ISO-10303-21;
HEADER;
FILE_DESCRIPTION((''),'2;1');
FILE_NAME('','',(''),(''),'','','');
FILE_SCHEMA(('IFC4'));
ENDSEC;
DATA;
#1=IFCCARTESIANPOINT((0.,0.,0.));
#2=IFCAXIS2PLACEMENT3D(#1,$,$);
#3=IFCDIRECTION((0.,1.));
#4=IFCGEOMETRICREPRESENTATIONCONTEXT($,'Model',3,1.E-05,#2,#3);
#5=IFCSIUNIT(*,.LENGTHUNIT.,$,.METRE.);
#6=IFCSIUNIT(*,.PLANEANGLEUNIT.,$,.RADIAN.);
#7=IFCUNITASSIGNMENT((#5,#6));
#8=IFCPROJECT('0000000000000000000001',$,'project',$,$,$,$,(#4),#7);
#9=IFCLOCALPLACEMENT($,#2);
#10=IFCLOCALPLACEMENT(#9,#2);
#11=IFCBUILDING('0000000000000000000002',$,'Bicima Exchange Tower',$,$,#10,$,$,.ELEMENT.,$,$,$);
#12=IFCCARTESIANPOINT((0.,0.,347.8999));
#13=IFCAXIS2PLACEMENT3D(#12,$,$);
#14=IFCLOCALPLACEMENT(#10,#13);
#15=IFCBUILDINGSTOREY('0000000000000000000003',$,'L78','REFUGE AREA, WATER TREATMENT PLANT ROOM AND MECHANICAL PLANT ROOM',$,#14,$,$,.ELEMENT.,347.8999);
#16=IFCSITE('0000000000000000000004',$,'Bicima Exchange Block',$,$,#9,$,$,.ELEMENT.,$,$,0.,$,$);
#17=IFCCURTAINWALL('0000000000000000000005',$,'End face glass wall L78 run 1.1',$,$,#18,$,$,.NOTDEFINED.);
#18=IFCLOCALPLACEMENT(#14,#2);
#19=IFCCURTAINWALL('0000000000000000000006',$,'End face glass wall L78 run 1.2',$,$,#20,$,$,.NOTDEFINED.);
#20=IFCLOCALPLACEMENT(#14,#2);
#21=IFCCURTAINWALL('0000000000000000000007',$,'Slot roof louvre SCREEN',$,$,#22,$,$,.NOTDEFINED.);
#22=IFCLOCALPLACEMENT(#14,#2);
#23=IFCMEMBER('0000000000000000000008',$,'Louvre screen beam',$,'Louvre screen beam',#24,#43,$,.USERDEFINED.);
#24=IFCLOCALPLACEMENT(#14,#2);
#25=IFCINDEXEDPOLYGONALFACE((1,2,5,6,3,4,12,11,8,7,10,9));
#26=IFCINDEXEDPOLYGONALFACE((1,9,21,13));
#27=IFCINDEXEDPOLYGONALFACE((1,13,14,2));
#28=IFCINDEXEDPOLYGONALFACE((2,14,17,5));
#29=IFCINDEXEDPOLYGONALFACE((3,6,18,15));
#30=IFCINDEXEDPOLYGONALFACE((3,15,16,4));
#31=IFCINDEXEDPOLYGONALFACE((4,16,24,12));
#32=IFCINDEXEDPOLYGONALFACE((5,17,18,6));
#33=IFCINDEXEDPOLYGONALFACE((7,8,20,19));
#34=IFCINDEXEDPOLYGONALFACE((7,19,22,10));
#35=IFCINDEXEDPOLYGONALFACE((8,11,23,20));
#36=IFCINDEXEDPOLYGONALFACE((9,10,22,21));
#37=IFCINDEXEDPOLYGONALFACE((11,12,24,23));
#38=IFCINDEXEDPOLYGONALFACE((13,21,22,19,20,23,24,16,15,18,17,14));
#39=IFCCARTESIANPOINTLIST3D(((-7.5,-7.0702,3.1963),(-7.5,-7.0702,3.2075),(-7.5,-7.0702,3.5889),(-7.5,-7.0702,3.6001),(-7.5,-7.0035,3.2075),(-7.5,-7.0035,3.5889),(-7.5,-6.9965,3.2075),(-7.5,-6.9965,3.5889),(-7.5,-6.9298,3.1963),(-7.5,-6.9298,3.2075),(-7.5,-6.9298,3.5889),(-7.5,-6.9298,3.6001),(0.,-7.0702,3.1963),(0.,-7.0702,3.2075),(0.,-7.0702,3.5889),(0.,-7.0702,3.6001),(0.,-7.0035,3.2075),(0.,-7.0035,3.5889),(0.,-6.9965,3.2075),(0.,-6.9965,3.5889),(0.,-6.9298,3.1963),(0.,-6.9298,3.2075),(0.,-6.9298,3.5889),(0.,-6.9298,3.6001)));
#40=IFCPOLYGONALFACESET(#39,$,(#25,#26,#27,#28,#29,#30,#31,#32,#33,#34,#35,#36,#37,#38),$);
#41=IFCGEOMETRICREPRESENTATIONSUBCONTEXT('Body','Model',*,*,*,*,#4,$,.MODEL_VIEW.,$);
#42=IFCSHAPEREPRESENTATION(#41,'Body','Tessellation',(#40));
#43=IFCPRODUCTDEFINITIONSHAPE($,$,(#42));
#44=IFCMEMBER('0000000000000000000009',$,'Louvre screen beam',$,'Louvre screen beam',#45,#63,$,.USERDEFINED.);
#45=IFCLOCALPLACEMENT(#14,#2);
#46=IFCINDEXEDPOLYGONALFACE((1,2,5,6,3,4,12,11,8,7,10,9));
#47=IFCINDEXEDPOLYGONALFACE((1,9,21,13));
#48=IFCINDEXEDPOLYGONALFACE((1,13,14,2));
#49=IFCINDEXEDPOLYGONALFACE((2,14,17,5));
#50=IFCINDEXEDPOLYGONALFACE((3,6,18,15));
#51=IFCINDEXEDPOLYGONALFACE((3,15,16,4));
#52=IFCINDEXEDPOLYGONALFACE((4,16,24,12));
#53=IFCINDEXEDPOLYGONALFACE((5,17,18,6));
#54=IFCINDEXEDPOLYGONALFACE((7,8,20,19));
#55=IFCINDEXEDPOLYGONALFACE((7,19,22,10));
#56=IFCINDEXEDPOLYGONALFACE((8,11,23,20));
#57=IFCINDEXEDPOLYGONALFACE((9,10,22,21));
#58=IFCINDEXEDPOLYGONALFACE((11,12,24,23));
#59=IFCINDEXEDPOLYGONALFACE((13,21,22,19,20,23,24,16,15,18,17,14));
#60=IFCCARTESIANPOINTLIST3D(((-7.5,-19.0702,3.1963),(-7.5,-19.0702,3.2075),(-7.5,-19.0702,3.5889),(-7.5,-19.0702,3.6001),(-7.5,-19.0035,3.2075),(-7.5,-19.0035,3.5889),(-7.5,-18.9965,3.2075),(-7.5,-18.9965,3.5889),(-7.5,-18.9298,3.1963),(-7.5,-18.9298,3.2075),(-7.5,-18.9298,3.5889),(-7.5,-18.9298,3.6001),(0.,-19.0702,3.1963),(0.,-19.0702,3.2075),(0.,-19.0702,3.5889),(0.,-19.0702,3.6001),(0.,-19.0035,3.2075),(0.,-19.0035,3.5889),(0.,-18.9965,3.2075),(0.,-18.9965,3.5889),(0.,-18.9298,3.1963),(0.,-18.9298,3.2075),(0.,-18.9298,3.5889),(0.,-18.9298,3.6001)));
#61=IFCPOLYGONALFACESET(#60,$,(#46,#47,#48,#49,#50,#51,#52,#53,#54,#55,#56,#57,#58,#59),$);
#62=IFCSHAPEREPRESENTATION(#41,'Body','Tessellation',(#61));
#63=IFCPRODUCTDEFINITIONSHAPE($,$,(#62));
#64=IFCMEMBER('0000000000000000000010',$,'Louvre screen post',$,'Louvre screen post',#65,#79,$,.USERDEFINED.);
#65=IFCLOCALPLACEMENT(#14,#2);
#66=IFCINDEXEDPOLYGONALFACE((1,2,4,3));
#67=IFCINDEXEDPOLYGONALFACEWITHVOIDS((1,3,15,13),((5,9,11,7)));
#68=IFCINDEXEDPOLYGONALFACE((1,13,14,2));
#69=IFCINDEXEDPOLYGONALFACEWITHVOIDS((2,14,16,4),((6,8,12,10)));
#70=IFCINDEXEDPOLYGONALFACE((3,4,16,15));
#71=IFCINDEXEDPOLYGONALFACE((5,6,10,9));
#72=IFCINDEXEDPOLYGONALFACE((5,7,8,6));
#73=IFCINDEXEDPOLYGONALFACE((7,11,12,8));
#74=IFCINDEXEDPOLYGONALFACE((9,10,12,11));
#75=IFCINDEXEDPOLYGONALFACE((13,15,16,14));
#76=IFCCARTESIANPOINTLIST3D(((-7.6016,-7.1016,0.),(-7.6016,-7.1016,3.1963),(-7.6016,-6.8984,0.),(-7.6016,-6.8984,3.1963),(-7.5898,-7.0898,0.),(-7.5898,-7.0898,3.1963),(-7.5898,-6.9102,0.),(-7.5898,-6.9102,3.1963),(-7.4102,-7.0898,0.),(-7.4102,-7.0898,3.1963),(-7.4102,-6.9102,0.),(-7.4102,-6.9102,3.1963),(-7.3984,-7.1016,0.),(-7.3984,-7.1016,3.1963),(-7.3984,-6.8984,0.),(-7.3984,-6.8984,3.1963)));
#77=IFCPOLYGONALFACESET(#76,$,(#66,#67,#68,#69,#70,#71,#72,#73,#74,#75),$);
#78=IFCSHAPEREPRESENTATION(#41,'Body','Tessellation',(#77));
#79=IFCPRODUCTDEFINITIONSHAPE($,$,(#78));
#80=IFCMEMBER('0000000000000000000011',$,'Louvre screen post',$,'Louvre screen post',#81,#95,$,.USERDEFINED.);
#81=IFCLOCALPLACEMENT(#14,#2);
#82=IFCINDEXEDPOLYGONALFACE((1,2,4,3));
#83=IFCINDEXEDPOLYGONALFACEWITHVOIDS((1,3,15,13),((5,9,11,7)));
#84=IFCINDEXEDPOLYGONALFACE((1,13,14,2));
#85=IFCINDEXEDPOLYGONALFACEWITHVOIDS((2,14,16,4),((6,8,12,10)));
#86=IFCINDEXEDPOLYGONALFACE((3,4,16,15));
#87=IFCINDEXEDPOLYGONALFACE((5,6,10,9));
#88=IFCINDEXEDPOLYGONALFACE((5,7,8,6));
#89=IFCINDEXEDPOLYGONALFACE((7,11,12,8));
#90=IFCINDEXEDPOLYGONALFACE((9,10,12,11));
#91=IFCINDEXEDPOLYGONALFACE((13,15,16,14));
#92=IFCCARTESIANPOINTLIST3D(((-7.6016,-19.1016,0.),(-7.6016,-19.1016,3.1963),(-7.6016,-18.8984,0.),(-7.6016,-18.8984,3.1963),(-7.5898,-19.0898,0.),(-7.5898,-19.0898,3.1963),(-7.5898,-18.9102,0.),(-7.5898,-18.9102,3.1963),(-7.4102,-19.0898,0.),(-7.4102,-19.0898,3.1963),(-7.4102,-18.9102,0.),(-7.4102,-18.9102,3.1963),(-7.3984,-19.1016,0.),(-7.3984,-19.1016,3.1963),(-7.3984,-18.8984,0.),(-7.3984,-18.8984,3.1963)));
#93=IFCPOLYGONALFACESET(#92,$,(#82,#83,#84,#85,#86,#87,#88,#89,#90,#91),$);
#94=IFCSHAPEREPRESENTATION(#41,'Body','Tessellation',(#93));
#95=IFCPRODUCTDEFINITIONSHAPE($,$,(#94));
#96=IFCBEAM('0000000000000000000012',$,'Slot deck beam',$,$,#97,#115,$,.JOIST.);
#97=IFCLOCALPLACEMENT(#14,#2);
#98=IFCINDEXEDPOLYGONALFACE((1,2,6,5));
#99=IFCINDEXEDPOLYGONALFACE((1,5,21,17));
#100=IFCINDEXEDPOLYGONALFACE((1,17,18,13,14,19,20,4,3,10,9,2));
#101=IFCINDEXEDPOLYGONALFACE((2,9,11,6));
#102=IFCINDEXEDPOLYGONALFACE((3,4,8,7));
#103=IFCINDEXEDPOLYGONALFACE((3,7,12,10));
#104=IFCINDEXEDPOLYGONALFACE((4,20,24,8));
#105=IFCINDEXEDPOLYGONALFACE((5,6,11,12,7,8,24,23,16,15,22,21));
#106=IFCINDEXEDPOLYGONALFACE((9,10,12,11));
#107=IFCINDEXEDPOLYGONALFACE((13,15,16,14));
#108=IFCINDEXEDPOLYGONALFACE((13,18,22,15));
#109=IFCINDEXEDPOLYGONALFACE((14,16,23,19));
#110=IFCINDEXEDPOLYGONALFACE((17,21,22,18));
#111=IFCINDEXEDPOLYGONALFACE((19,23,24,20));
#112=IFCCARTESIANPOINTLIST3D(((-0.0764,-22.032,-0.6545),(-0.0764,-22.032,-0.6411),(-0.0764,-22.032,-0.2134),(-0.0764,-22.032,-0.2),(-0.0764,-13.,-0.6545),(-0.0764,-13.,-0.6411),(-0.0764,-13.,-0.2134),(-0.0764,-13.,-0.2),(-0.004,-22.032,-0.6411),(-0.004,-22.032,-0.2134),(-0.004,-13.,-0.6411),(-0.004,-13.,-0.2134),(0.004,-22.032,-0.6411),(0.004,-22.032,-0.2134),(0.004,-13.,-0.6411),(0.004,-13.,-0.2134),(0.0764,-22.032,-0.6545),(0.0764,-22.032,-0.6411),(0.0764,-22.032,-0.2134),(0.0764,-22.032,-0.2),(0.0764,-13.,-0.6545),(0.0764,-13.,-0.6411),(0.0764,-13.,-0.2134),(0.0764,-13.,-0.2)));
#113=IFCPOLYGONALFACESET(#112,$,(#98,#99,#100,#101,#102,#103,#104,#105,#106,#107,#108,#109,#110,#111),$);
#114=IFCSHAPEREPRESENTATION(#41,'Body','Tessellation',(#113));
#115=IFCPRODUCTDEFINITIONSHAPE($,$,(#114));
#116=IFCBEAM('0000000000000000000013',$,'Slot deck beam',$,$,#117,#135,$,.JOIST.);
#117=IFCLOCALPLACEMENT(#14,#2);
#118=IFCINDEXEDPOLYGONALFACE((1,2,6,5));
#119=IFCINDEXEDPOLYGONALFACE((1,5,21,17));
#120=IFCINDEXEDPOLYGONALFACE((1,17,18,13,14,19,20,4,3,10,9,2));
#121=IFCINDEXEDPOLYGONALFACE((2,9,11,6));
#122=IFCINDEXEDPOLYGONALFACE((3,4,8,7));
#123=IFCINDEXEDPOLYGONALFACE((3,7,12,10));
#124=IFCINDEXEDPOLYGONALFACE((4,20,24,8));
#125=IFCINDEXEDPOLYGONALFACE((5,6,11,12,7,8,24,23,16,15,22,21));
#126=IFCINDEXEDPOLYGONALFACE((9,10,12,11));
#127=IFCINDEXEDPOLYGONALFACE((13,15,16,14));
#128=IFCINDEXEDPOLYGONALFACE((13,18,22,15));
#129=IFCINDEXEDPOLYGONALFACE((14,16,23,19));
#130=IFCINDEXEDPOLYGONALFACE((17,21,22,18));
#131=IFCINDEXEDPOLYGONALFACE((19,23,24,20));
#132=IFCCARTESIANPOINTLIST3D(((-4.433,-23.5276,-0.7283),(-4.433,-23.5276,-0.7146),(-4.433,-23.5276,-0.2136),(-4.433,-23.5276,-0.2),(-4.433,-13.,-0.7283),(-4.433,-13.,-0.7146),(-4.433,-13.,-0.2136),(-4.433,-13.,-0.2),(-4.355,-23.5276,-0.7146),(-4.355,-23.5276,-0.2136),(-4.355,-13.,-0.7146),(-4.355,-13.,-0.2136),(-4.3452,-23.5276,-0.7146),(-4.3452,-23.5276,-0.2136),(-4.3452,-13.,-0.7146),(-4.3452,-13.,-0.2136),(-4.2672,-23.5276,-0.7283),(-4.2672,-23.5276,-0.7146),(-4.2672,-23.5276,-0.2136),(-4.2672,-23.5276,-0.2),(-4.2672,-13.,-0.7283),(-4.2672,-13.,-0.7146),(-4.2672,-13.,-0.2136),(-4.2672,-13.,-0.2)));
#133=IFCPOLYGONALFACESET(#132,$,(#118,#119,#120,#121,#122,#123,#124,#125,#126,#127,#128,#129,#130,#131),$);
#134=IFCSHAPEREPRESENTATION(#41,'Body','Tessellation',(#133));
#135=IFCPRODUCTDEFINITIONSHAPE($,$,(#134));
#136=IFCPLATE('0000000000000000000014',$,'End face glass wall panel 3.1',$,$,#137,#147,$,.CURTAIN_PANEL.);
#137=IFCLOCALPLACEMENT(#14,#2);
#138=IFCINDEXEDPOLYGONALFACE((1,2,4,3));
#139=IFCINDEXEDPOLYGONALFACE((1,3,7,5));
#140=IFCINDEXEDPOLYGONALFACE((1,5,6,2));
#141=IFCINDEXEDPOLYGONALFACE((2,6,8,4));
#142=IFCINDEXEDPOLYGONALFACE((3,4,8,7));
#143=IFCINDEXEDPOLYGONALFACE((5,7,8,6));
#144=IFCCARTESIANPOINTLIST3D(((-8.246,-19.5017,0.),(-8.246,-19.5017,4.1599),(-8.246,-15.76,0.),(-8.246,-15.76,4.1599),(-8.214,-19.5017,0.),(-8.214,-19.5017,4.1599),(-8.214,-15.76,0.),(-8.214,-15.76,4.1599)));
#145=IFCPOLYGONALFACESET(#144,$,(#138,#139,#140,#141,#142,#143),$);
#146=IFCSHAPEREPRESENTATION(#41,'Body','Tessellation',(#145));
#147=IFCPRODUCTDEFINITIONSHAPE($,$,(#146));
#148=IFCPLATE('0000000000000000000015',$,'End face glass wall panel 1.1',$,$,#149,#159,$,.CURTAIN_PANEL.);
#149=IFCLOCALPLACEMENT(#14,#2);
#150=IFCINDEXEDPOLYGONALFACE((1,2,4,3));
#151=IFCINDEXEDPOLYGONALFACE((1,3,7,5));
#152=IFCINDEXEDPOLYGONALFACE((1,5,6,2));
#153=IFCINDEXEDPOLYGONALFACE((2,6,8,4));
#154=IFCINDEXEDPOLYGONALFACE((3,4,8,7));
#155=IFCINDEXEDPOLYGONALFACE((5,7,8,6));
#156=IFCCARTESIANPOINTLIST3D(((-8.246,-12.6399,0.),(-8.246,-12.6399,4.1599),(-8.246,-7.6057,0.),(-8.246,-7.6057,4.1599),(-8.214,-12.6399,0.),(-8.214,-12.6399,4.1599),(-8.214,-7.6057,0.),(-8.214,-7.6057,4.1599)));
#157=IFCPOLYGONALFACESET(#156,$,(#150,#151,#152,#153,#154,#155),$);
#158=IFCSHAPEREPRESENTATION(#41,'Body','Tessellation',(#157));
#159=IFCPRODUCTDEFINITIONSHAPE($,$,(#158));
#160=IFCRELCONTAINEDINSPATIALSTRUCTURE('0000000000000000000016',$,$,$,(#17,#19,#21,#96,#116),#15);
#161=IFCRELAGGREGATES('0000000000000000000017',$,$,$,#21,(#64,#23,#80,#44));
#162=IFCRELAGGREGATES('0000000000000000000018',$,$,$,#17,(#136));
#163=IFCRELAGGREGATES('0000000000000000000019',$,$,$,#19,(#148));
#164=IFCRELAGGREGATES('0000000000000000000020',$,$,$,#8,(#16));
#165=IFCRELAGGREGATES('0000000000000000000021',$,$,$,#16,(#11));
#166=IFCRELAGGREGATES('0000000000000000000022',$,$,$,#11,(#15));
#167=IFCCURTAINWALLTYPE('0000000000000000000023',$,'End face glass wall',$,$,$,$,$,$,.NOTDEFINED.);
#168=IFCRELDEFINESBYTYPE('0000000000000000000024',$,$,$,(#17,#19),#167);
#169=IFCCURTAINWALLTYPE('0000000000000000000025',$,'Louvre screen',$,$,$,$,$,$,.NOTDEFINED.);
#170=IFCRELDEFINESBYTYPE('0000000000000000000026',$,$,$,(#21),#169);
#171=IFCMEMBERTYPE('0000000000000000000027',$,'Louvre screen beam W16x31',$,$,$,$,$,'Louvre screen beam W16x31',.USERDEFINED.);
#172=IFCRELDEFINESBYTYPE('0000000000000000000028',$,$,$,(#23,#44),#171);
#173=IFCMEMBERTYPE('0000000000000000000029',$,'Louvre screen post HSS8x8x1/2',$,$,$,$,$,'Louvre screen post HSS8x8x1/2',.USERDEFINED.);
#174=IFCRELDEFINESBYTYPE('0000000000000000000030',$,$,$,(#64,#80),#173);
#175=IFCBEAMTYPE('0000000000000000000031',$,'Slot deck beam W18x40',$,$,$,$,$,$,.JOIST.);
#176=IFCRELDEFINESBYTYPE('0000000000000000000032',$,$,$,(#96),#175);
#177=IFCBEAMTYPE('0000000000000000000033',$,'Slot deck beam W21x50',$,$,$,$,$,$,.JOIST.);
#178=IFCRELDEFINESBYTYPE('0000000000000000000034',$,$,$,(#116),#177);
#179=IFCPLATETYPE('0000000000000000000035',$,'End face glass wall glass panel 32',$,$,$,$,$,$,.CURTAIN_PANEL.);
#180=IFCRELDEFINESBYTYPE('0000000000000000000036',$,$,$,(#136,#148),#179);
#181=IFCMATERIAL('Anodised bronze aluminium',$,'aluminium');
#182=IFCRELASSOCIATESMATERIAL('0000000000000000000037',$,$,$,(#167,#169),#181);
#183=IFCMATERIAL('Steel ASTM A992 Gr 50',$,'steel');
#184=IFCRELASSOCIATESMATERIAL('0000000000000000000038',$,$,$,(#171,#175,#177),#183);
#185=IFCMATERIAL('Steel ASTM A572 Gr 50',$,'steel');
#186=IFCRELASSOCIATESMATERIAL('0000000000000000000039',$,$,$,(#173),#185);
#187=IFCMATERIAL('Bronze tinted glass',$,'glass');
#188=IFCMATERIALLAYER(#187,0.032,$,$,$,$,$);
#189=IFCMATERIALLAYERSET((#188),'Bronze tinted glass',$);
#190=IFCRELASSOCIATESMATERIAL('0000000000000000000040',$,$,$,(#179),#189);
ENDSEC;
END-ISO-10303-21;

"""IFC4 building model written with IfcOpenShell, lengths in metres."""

from ifc_helpers import new_model, si_unit, direction, frame, origin, origin_2d, place, context, subcontext, project, spatial, rectangle, hollow_rectangle, i_section, extrude, material, layer, layer_set, material_profile, profile_set, type_object, element, aggregate, save


model = new_model("IFC4")

# Units and contexts
model_context = context("Model", 3, precision=1e-05, world=origin(), true_north=direction((0.0, 1.0)))
body_context = subcontext(model_context, "Body", "Model", "MODEL_VIEW")
ifc_project = project(units=[si_unit("LENGTHUNIT", "METRE"), si_unit("PLANEANGLEUNIT", "RADIAN")], contexts=[model_context])

# Site, building, storey
site_placement = place(None, origin())
site = spatial("IfcSite", under=ifc_project, at=site_placement, Name="Bicima Exchange Block", CompositionType="ELEMENT", RefElevation=0.0)
building_placement = place(site_placement, origin())
building = spatial("IfcBuilding", under=site, at=building_placement, Name="Bicima Exchange Tower", CompositionType="ELEMENT")
storey_placement = place(building_placement, frame((0.0, 0.0, 347.8999)))
storey = spatial("IfcBuildingStorey", under=building, at=storey_placement, Name="L78", Description="REFUGE AREA, WATER TREATMENT PLANT ROOM AND MECHANICAL PLANT ROOM", CompositionType="ELEMENT", Elevation=347.8999)

# Curtain wall
ifc_material_1 = material(Name="Anodised bronze aluminium", Category="aluminium")
curtain_wall_type_1 = type_object("IfcCurtainWallType", Name="End face glass wall", PredefinedType="NOTDEFINED", material=ifc_material_1)
curtain_wall_1_placement = place(storey_placement, origin())
curtain_wall_1 = element("IfcCurtainWall", 1, at=curtain_wall_1_placement, inside=storey, type_object=curtain_wall_type_1, Name="End face glass wall L78 run 1.1", PredefinedType="NOTDEFINED")

# Curtain wall
curtain_wall_2_placement = place(storey_placement, origin())
curtain_wall_2 = element("IfcCurtainWall", 2, at=curtain_wall_2_placement, inside=storey, type_object=curtain_wall_type_1, Name="End face glass wall L78 run 1.2", PredefinedType="NOTDEFINED")

# Shared definitions
ifc_material_2 = material(Name="Steel ASTM A992 Gr 50", Category="steel")
ifc_material_profile_1 = material_profile(ifc_material_2, i_section(OverallWidth=0.1658, OverallDepth=0.5283, WebThickness=0.0098, FlangeThickness=0.0137, at=origin_2d()))
ifc_profile_set_1 = profile_set([ifc_material_profile_1], Name="Steel ASTM A992 Gr 50")

# Curtain wall, members
curtain_wall_type_2 = type_object("IfcCurtainWallType", Name="Louvre screen", PredefinedType="NOTDEFINED", material=ifc_material_1)
curtain_wall_3_placement = place(storey_placement, origin())
curtain_wall_3 = element("IfcCurtainWall", 3, at=curtain_wall_3_placement, inside=storey, type_object=curtain_wall_type_2, Name="Slot roof louvre SCREEN", PredefinedType="NOTDEFINED")
ifc_material_profile_2 = material_profile(ifc_material_2, i_section(OverallWidth=0.1404, OverallDepth=0.4038, WebThickness=0.0071, FlangeThickness=0.0112, at=origin_2d()))
ifc_profile_set_2 = profile_set([ifc_material_profile_2], Name="Steel ASTM A992 Gr 50")
member_type_1 = type_object("IfcMemberType", Name="Louvre screen beam W16x31", ElementType="Louvre screen beam W16x31", PredefinedType="USERDEFINED", material=ifc_profile_set_2)
member_1_placement = place(storey_placement, frame((-7.5, -7.0, 3.3982), z_axis=(1.0, 0.0, 0.0), x_axis=(0.0, 1.0, 0.0)))
member_1 = element("IfcMember", 4, at=member_1_placement, type_object=member_type_1, Name="Louvre screen beam", ObjectType="Louvre screen beam", PredefinedType="USERDEFINED", context=body_context, shape_type="SweptSolid", body=[
    extrude(i_section(OverallWidth=0.1404, OverallDepth=0.4038, WebThickness=0.0071, FlangeThickness=0.0112, at=origin_2d()), origin(), (0.0, 0.0, 1.0), 7.5),
])
member_2_placement = place(storey_placement, frame((-7.5, -19.0, 3.3982), z_axis=(1.0, 0.0, 0.0), x_axis=(0.0, 1.0, 0.0)))
member_2 = element("IfcMember", 5, at=member_2_placement, type_object=member_type_1, Name="Louvre screen beam", ObjectType="Louvre screen beam", PredefinedType="USERDEFINED", context=body_context, shape_type="SweptSolid", body=[
    extrude(i_section(OverallWidth=0.1404, OverallDepth=0.4038, WebThickness=0.0071, FlangeThickness=0.0112, at=origin_2d()), origin(), (0.0, 0.0, 1.0), 7.5),
])
ifc_material_3 = material(Name="Steel ASTM A572 Gr 50", Category="steel")
ifc_material_profile_3 = material_profile(ifc_material_3, hollow_rectangle(XDim=0.2031, YDim=0.2031, WallThickness=0.0117, at=origin_2d()))
ifc_profile_set_3 = profile_set([ifc_material_profile_3], Name="Steel ASTM A572 Gr 50")
member_type_2 = type_object("IfcMemberType", Name="Louvre screen post HSS8x8x1/2", ElementType="Louvre screen post HSS8x8x1/2", PredefinedType="USERDEFINED", material=ifc_profile_set_3)
member_3_placement = place(storey_placement, frame((-7.5, -7.0, 0.0), z_axis=(0.0, 0.0, 1.0), x_axis=(1.0, 0.0, 0.0)))
member_3 = element("IfcMember", 6, at=member_3_placement, type_object=member_type_2, Name="Louvre screen post", ObjectType="Louvre screen post", PredefinedType="USERDEFINED", context=body_context, shape_type="SweptSolid", body=[
    extrude(hollow_rectangle(XDim=0.2031, YDim=0.2031, WallThickness=0.0117, at=origin_2d()), origin(), (0.0, 0.0, 1.0), 3.1963),
])
member_4_placement = place(storey_placement, frame((-7.5, -19.0, 0.0), z_axis=(0.0, 0.0, 1.0), x_axis=(1.0, 0.0, 0.0)))
member_4 = element("IfcMember", 7, at=member_4_placement, type_object=member_type_2, Name="Louvre screen post", ObjectType="Louvre screen post", PredefinedType="USERDEFINED", context=body_context, shape_type="SweptSolid", body=[
    extrude(hollow_rectangle(XDim=0.2031, YDim=0.2031, WallThickness=0.0117, at=origin_2d()), origin(), (0.0, 0.0, 1.0), 3.1963),
])
aggregate(curtain_wall_3, [member_3, member_1, member_4, member_2])

# Beams
ifc_material_profile_4 = material_profile(ifc_material_2, i_section(OverallWidth=0.1528, OverallDepth=0.4546, WebThickness=0.0081, FlangeThickness=0.0134, at=origin_2d()))
ifc_profile_set_4 = profile_set([ifc_material_profile_4], Name="Steel ASTM A992 Gr 50")
beam_type_1 = type_object("IfcBeamType", Name="Slot deck beam W18x40", PredefinedType="JOIST", material=ifc_profile_set_4)
beam_1_placement = place(storey_placement, frame((0.0, -13.0, -0.4272), z_axis=(0.0, -1.0, 0.0), x_axis=(1.0, 0.0, 0.0)))
element("IfcBeam", 8, at=beam_1_placement, inside=storey, type_object=beam_type_1, Name="Slot deck beam", PredefinedType="JOIST", context=body_context, shape_type="SweptSolid", body=[
    extrude(i_section(OverallWidth=0.1528, OverallDepth=0.4546, WebThickness=0.0081, FlangeThickness=0.0134, at=origin_2d()), origin(), (0.0, 0.0, 1.0), 9.032),
])
beam_type_2 = type_object("IfcBeamType", Name="Slot deck beam W21x50", PredefinedType="JOIST", material=ifc_profile_set_1)
beam_2_placement = place(storey_placement, frame((-4.3501, -13.0, -0.4641), z_axis=(0.0, -1.0, 0.0), x_axis=(1.0, 0.0, 0.0)))
element("IfcBeam", 9, at=beam_2_placement, inside=storey, type_object=beam_type_2, Name="Slot deck beam", PredefinedType="JOIST", context=body_context, shape_type="SweptSolid", body=[
    extrude(i_section(OverallWidth=0.1658, OverallDepth=0.5283, WebThickness=0.0098, FlangeThickness=0.0137, at=origin_2d()), origin(), (0.0, 0.0, 1.0), 10.5276),
])

# Plates
ifc_material_4 = material(Name="Bronze tinted glass", Category="glass")
ifc_layer_1 = layer(ifc_material_4, 0.032)
ifc_layer_set_1 = layer_set([ifc_layer_1], Name="Bronze tinted glass")
plate_type = type_object("IfcPlateType", Name="End face glass wall glass panel 32", PredefinedType="CURTAIN_PANEL", material=ifc_layer_set_1)
plate_1_placement = place(storey_placement, frame((-8.23, -17.6309, 0.0), z_axis=(0.0, 0.0, 1.0), x_axis=(0.0, 1.0, 0.0)))
plate_1 = element("IfcPlate", 10, at=plate_1_placement, type_object=plate_type, Name="End face glass wall panel 3.1", PredefinedType="CURTAIN_PANEL", context=body_context, shape_type="SweptSolid", body=[
    extrude(rectangle(XDim=3.7417, YDim=0.032, at=origin_2d()), origin(), (0.0, 0.0, 1.0), 4.1599),
])
aggregate(curtain_wall_1, [plate_1])
plate_2_placement = place(storey_placement, frame((-8.23, -10.1228, 0.0), z_axis=(0.0, 0.0, 1.0), x_axis=(0.0, 1.0, 0.0)))
plate_2 = element("IfcPlate", 11, at=plate_2_placement, type_object=plate_type, Name="End face glass wall panel 1.1", PredefinedType="CURTAIN_PANEL", context=body_context, shape_type="SweptSolid", body=[
    extrude(rectangle(XDim=5.0342, YDim=0.032, at=origin_2d()), origin(), (0.0, 0.0, 1.0), 4.1599),
])
aggregate(curtain_wall_2, [plate_2])

save(model, "model.ifc")
